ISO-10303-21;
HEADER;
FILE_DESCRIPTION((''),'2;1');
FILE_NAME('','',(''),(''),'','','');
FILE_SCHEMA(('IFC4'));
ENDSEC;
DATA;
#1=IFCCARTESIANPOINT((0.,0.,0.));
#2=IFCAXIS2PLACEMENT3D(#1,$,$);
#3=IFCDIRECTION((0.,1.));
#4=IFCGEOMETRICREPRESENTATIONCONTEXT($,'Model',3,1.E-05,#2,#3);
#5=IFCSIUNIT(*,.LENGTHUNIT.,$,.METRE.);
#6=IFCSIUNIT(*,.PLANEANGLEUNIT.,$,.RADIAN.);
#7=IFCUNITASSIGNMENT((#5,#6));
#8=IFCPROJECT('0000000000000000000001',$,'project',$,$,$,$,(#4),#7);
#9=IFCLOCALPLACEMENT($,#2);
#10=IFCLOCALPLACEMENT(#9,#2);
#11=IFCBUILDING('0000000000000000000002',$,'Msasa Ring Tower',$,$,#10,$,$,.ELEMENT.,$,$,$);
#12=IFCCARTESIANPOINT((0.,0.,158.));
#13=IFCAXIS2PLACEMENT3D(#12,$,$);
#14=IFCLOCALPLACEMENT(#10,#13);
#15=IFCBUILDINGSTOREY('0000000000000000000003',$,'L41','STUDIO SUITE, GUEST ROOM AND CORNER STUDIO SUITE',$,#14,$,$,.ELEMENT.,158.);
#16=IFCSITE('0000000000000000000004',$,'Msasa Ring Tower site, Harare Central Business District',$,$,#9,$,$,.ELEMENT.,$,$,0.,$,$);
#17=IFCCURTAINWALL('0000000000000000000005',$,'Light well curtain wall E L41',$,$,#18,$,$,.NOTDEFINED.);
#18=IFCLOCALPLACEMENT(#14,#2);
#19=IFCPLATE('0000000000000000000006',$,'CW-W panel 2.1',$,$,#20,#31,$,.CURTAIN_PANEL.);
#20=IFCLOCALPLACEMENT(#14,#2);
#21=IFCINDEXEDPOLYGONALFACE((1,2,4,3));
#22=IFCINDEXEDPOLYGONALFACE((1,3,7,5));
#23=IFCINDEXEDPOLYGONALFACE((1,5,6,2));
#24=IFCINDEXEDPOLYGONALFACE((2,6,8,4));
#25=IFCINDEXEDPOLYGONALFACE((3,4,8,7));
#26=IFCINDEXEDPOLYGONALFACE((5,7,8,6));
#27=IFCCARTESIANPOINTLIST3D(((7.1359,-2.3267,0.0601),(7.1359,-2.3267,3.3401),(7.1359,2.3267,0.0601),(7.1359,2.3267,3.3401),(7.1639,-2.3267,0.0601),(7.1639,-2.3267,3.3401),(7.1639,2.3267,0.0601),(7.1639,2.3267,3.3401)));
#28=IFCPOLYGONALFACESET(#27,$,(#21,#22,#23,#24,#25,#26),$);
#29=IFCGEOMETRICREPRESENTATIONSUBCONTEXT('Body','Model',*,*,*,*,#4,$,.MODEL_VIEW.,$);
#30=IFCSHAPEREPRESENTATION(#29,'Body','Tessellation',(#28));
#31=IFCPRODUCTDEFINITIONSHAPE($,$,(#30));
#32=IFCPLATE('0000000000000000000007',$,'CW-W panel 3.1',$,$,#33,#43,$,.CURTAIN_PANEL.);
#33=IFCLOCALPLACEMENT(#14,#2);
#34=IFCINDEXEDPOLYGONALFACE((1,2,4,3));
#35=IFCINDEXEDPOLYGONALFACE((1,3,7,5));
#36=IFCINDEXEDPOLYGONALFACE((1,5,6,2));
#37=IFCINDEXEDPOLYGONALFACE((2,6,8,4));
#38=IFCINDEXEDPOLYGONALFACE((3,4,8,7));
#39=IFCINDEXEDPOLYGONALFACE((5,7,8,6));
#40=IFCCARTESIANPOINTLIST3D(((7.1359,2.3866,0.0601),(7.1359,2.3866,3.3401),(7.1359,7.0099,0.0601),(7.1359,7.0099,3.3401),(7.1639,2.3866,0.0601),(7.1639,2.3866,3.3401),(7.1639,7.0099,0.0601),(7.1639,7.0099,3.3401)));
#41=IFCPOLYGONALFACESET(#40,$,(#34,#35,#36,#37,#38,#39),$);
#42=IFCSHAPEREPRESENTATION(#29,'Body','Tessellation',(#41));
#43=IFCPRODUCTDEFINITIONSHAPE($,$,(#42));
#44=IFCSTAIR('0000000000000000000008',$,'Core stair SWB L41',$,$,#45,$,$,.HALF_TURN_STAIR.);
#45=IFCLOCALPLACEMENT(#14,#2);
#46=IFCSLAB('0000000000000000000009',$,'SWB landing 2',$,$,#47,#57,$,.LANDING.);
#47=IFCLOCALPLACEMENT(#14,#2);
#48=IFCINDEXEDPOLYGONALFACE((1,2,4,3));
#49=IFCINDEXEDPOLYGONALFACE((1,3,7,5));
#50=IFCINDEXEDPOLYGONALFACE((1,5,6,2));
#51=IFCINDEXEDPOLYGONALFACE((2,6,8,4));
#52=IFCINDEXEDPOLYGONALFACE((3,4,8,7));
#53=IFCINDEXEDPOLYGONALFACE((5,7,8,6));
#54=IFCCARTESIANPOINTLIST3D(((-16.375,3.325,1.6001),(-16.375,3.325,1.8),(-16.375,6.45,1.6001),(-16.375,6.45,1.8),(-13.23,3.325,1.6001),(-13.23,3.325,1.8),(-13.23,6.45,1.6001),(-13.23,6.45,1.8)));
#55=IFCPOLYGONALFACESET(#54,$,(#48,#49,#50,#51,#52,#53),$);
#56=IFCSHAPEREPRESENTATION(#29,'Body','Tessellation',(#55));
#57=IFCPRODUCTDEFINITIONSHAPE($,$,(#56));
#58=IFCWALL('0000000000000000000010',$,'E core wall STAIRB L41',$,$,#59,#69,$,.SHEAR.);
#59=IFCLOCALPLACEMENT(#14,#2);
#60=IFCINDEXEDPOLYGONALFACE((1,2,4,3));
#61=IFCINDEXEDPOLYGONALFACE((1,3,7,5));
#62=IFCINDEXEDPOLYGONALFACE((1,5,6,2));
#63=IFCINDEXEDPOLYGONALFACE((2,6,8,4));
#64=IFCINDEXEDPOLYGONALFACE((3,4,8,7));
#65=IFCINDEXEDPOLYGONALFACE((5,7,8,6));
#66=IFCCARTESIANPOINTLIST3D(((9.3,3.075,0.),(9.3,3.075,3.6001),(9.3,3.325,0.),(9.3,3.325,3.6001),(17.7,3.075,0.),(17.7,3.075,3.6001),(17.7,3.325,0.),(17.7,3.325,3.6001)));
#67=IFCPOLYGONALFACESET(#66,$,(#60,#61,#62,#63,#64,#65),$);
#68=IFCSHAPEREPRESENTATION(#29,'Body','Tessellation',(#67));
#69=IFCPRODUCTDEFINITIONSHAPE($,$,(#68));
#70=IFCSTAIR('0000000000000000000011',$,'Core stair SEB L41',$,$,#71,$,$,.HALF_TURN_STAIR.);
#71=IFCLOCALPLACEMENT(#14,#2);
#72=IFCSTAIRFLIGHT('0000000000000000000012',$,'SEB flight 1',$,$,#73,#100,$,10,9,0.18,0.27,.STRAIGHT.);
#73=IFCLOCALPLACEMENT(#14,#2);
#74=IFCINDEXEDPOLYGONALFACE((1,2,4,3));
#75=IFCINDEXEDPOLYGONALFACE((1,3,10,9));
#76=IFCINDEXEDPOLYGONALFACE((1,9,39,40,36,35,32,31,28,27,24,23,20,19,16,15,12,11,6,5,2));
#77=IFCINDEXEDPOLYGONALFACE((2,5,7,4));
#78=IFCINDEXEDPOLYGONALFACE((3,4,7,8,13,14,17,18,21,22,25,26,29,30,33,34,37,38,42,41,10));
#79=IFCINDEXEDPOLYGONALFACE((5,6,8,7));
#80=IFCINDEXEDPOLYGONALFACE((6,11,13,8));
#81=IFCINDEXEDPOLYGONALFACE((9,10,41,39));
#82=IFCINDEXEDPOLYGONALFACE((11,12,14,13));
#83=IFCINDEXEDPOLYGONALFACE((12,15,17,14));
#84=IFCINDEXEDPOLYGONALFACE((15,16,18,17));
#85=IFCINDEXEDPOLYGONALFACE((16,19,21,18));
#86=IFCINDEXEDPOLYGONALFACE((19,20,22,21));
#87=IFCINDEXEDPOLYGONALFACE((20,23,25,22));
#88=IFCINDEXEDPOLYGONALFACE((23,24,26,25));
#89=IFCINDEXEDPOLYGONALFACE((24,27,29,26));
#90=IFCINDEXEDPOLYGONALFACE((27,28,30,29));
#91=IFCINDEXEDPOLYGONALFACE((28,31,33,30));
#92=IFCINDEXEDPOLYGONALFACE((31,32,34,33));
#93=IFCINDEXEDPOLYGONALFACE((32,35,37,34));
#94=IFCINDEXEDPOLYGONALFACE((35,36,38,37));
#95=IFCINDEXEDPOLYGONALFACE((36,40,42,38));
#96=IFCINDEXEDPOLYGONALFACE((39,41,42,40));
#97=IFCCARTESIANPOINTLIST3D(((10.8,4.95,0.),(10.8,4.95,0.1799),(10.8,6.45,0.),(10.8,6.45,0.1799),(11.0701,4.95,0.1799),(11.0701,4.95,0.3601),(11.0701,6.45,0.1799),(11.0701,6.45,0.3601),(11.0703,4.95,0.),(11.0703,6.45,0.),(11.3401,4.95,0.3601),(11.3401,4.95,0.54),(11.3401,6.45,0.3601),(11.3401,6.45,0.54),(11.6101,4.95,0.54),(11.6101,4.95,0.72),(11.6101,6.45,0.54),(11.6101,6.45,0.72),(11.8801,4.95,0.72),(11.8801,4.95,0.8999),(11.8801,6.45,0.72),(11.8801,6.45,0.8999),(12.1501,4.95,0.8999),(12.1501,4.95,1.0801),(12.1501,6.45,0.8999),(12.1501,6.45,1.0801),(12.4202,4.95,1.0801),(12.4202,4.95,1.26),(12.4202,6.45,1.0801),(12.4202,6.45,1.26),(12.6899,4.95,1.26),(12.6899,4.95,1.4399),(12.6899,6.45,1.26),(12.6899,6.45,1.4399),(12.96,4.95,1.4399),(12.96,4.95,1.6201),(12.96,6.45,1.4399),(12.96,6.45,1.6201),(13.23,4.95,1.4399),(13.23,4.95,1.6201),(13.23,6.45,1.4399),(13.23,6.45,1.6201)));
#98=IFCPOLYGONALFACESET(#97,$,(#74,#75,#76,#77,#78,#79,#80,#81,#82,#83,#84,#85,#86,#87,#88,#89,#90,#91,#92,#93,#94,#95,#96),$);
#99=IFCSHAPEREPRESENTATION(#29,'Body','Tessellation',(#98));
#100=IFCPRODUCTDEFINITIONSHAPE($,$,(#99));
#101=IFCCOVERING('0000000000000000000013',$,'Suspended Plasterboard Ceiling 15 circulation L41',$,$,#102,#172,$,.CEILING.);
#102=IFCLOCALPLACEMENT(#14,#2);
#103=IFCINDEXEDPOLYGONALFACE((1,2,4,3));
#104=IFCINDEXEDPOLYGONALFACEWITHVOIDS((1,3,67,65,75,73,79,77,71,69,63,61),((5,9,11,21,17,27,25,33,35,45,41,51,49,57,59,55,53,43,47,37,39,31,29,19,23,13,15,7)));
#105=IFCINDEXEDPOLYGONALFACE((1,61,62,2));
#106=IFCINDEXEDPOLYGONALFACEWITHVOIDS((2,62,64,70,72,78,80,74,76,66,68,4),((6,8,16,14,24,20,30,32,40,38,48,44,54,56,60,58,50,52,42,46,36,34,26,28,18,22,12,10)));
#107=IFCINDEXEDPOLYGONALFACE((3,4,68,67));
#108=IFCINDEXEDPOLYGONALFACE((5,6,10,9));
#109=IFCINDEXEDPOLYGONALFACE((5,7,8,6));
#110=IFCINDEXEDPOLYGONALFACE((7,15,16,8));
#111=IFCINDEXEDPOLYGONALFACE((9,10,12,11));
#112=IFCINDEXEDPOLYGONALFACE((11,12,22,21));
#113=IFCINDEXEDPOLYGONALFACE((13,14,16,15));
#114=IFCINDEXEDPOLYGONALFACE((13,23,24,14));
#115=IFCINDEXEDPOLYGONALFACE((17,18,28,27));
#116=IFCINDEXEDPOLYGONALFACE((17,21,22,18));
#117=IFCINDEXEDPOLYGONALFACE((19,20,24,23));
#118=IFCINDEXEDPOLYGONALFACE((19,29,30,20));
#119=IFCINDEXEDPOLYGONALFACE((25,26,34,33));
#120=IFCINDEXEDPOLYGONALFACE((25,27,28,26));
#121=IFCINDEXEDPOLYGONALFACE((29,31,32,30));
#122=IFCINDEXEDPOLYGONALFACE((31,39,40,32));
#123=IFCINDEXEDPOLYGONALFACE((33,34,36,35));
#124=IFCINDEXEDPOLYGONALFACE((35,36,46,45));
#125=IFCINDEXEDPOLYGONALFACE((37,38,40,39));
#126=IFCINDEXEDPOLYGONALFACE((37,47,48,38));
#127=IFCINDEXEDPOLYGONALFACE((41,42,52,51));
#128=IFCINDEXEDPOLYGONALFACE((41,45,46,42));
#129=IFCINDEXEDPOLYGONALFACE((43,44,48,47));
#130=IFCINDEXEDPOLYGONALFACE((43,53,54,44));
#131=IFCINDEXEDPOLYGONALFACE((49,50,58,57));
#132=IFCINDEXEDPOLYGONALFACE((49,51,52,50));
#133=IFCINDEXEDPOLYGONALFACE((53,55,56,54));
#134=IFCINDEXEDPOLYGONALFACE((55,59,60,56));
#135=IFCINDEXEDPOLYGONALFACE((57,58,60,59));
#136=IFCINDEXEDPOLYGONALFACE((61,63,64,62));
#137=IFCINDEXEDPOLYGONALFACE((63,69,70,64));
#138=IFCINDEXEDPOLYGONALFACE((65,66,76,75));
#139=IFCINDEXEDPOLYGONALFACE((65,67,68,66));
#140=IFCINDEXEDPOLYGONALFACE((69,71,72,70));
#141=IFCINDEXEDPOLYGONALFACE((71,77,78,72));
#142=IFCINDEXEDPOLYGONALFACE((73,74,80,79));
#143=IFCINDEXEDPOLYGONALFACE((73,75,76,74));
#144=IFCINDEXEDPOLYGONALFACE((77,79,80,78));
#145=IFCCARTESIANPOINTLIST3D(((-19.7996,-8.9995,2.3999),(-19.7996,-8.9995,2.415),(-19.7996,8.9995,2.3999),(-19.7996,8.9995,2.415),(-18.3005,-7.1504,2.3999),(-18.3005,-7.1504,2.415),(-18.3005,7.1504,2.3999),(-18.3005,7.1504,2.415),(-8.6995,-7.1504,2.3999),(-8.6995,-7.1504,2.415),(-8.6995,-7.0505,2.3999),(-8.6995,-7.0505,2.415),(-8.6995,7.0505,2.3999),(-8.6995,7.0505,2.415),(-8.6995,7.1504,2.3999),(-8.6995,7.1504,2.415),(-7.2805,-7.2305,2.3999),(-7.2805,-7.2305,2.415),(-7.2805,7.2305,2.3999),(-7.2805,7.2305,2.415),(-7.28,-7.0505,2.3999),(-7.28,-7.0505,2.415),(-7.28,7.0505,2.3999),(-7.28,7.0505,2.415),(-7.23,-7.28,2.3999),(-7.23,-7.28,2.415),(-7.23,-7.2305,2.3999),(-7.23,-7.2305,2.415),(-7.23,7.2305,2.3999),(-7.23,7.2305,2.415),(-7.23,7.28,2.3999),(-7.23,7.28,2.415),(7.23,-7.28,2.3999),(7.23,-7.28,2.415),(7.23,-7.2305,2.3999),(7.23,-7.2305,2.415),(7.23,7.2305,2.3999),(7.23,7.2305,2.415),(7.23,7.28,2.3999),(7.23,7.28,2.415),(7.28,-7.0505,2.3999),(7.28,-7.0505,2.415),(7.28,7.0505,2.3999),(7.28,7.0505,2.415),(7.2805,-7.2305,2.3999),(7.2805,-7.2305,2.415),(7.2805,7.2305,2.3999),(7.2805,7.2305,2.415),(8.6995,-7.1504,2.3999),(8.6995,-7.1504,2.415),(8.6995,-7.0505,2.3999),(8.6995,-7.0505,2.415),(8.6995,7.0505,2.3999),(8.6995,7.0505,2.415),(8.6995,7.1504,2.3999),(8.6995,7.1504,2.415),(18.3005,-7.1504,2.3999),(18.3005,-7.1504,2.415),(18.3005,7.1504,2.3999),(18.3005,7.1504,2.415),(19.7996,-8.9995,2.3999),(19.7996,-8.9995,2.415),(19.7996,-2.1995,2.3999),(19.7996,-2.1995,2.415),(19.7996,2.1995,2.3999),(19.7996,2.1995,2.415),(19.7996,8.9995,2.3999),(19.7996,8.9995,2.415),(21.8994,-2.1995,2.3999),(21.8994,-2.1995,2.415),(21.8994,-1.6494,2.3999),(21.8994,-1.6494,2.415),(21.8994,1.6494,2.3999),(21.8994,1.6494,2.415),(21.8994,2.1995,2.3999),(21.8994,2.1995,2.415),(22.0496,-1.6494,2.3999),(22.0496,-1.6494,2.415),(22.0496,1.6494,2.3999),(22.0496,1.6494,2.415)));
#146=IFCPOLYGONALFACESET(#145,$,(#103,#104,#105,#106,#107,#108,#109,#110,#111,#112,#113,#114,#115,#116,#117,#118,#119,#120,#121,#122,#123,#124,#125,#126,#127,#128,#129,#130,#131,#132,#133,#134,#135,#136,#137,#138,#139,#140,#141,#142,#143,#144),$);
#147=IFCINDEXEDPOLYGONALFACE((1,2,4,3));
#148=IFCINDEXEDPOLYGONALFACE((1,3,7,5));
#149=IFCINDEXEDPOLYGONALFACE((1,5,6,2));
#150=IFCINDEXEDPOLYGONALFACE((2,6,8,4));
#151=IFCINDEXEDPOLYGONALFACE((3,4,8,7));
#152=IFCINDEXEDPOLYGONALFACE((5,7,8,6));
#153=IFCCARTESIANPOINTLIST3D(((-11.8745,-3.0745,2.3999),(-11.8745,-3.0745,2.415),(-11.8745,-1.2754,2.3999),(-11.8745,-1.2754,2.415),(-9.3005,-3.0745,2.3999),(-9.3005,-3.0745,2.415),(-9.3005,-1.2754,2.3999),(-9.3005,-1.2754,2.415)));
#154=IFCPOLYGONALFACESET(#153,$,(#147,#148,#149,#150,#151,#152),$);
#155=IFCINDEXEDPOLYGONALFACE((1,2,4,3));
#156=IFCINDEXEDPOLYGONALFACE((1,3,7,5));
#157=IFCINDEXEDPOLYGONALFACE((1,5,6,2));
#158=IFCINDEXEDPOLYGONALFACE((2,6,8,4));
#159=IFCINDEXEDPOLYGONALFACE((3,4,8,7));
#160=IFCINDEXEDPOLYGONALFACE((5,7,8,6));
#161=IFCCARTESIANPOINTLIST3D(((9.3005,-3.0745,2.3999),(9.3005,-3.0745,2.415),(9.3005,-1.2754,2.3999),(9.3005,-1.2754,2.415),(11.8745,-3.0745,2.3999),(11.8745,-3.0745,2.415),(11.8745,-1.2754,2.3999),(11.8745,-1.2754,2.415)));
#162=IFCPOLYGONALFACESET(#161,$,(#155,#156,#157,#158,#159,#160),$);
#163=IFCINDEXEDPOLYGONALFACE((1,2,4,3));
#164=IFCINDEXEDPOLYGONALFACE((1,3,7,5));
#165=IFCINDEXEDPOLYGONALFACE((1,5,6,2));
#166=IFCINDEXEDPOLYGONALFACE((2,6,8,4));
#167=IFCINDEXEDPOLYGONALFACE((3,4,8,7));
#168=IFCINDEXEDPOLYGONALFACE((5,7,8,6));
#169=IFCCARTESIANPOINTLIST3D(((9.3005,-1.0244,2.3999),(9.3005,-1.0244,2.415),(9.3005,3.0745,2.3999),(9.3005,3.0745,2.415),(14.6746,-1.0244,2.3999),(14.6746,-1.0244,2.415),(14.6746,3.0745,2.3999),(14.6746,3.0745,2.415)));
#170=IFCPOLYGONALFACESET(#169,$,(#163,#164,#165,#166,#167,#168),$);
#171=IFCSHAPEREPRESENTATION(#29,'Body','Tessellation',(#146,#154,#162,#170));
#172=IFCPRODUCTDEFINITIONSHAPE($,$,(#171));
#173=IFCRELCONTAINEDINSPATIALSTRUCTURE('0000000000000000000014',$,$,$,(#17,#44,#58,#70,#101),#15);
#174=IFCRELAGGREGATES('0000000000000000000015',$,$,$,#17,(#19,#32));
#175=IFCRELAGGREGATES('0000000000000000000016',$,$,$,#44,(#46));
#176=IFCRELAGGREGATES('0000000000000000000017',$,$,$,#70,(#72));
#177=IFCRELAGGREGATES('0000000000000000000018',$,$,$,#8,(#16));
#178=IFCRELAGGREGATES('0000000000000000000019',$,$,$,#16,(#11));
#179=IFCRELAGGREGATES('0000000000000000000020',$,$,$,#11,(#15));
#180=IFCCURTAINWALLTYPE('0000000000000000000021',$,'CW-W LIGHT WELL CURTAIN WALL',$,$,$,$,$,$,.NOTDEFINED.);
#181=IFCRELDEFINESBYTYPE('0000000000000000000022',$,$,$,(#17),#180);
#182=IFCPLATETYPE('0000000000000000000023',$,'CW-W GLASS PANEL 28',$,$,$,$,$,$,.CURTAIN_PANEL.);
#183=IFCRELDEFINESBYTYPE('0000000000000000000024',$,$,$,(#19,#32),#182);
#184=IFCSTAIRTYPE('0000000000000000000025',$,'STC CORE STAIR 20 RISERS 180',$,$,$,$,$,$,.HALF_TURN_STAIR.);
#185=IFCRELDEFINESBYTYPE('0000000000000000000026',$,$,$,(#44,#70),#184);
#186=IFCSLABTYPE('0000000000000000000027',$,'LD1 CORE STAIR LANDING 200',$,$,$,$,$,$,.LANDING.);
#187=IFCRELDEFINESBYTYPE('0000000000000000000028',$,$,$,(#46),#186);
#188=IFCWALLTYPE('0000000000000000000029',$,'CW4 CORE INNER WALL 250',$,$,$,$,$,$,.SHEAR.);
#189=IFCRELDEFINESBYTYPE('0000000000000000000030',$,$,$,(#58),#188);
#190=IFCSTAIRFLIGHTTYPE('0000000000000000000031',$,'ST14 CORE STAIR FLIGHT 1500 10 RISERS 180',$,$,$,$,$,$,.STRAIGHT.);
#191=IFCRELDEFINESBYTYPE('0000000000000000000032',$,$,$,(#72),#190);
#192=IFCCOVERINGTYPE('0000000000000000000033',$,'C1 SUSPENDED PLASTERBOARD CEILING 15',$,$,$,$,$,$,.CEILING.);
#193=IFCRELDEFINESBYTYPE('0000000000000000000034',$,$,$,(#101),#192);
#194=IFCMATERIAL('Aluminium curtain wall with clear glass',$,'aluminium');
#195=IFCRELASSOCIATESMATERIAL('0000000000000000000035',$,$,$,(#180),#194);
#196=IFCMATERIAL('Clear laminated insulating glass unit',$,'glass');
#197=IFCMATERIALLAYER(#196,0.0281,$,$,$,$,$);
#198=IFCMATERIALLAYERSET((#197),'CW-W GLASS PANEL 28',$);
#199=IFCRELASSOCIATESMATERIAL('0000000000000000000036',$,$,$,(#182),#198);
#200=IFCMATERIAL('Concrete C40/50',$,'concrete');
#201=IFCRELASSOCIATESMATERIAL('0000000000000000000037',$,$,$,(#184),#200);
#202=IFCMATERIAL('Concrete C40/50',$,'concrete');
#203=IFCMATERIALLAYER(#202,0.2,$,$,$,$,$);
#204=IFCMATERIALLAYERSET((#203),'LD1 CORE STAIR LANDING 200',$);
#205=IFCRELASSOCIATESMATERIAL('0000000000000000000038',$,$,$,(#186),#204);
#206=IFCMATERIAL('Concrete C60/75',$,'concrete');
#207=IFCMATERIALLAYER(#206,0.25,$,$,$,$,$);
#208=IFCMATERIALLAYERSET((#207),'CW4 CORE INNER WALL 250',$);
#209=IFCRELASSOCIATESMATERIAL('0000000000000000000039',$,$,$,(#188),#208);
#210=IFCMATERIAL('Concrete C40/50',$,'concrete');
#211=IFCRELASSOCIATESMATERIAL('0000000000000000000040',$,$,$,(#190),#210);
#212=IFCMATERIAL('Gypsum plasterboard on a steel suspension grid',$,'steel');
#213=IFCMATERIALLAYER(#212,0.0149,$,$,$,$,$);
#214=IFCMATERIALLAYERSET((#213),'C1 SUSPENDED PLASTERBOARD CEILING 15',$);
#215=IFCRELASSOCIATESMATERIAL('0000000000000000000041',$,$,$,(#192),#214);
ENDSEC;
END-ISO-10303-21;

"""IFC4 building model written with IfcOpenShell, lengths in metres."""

from ifc_helpers import new_model, si_unit, direction, frame, frame_2d, origin, origin_2d, place, context, subcontext, project, spatial, polyline, line, indexed_curve, rectangle, outline, extrude, material, layer, layer_set, type_object, element, aggregate, save


model = new_model("IFC4")

# Units and contexts
model_context = context("Model", 3, precision=1e-05, world=origin(), true_north=direction((0.0, 1.0)))
body_context = subcontext(model_context, "Body", "Model", "MODEL_VIEW")
ifc_project = project(units=[si_unit("LENGTHUNIT", "METRE"), si_unit("PLANEANGLEUNIT", "RADIAN")], contexts=[model_context])

# Site, building, storey
site_placement = place(None, origin())
site = spatial("IfcSite", under=ifc_project, at=site_placement, Name="Msasa Ring Tower site, Harare Central Business District", CompositionType="ELEMENT", RefElevation=0.0)
building_placement = place(site_placement, origin())
building = spatial("IfcBuilding", under=site, at=building_placement, Name="Msasa Ring Tower", CompositionType="ELEMENT")
storey_placement = place(building_placement, frame((0.0, 0.0, 158.0)))
storey = spatial("IfcBuildingStorey", under=building, at=storey_placement, Name="L41", Description="STUDIO SUITE, GUEST ROOM AND CORNER STUDIO SUITE", CompositionType="ELEMENT", Elevation=158.0)

# Curtain wall
ifc_material_1 = material(Name="Aluminium curtain wall with clear glass", Category="aluminium")
curtain_wall_type = type_object("IfcCurtainWallType", Name="CW-W LIGHT WELL CURTAIN WALL", PredefinedType="NOTDEFINED", material=ifc_material_1)
curtain_wall_placement = place(storey_placement, origin())
curtain_wall = element("IfcCurtainWall", 1, at=curtain_wall_placement, inside=storey, type_object=curtain_wall_type, Name="Light well curtain wall E L41", PredefinedType="NOTDEFINED")

# Plates
ifc_material_2 = material(Name="Clear laminated insulating glass unit", Category="glass")
ifc_layer_1 = layer(ifc_material_2, 0.0281)
ifc_layer_set_1 = layer_set([ifc_layer_1], Name="CW-W GLASS PANEL 28")
plate_type = type_object("IfcPlateType", Name="CW-W GLASS PANEL 28", PredefinedType="CURTAIN_PANEL", material=ifc_layer_set_1)
plate_1_placement = place(storey_placement, frame((7.1499, 0.0, 0.0601), z_axis=(0.0, 0.0, 1.0), x_axis=(0.0, 1.0, 0.0)))
plate_1 = element("IfcPlate", 2, at=plate_1_placement, type_object=plate_type, Name="CW-W panel 2.1", PredefinedType="CURTAIN_PANEL", context=body_context, shape_type="SweptSolid", body=[
    extrude(rectangle(XDim=4.6533, YDim=0.0281, at=origin_2d()), origin(), (0.0, 0.0, 1.0), 3.28),
])
plate_2_placement = place(storey_placement, frame((7.1499, 4.6982, 0.0601), z_axis=(0.0, 0.0, 1.0), x_axis=(0.0, 1.0, 0.0)))
plate_2 = element("IfcPlate", 3, at=plate_2_placement, type_object=plate_type, Name="CW-W panel 3.1", PredefinedType="CURTAIN_PANEL", context=body_context, shape_type="SweptSolid", body=[
    extrude(rectangle(XDim=4.6233, YDim=0.0281, at=origin_2d()), origin(), (0.0, 0.0, 1.0), 3.28),
])
aggregate(curtain_wall, [plate_1, plate_2])

# Stair, slab
ifc_material_3 = material(Name="Concrete C40/50", Category="concrete")
stair_type = type_object("IfcStairType", Name="STC CORE STAIR 20 RISERS 180", PredefinedType="HALF_TURN_STAIR", material=ifc_material_3)
stair_1_placement = place(storey_placement, origin())
stair_1 = element("IfcStair", 4, at=stair_1_placement, inside=storey, type_object=stair_type, Name="Core stair SWB L41", PredefinedType="HALF_TURN_STAIR")
ifc_material_4 = material(Name="Concrete C40/50", Category="concrete")
ifc_layer_2 = layer(ifc_material_4, 0.2)
ifc_layer_set_2 = layer_set([ifc_layer_2], Name="LD1 CORE STAIR LANDING 200")
slab_type = type_object("IfcSlabType", Name="LD1 CORE STAIR LANDING 200", PredefinedType="LANDING", material=ifc_layer_set_2)
slab_placement = place(storey_placement, frame((0.0, 0.0, 1.6001)))
slab = element("IfcSlab", 5, at=slab_placement, type_object=slab_type, Name="SWB landing 2", PredefinedType="LANDING", context=body_context, shape_type="SweptSolid", body=[
    extrude(outline(polyline([(-16.375, 3.325), (-13.23, 3.325), (-13.23, 6.45), (-16.375, 6.45), (-16.375, 3.325)])), origin(), (0.0, 0.0, 1.0), 0.2),
])
aggregate(stair_1, [slab])

# Wall
ifc_material_5 = material(Name="Concrete C60/75", Category="concrete")
ifc_layer_3 = layer(ifc_material_5, 0.25)
ifc_layer_set_3 = layer_set([ifc_layer_3], Name="CW4 CORE INNER WALL 250")
wall_type = type_object("IfcWallType", Name="CW4 CORE INNER WALL 250", PredefinedType="SHEAR", material=ifc_layer_set_3)
wall_placement = place(storey_placement, frame((9.3, 3.2, 0.0), z_axis=(0.0, 0.0, 1.0), x_axis=(1.0, 0.0, 0.0)))
element("IfcWall", 6, at=wall_placement, inside=storey, type_object=wall_type, Name="E core wall STAIRB L41", PredefinedType="SHEAR", context=body_context, shape_type="SweptSolid", body=[
    extrude(rectangle(XDim=8.3999, YDim=0.25, at=frame_2d((4.2, 0.0))), origin(), (0.0, 0.0, 1.0), 3.6001),
])

# Stair, stair flight
stair_2_placement = place(storey_placement, origin())
stair_2 = element("IfcStair", 7, at=stair_2_placement, inside=storey, type_object=stair_type, Name="Core stair SEB L41", PredefinedType="HALF_TURN_STAIR")
ifc_material_6 = material(Name="Concrete C40/50", Category="concrete")
stair_flight_type = type_object("IfcStairFlightType", Name="ST14 CORE STAIR FLIGHT 1500 10 RISERS 180", PredefinedType="STRAIGHT", material=ifc_material_6)
stair_flight_placement = place(storey_placement, frame((10.8, 5.7, 0.0), z_axis=(0.0, 0.0, 1.0), x_axis=(1.0, 0.0, 0.0)))
stair_flight = element("IfcStairFlight", 8, at=stair_flight_placement, type_object=stair_flight_type, Name="SEB flight 1", NumberOfRisers=10, NumberOfTreads=9, PredefinedType="STRAIGHT", RiserHeight=0.18, TreadLength=0.27, context=body_context, shape_type="SweptSolid", body=[
    extrude(outline(polyline([(0.0, 0.0), (0.0, 0.1799), (0.27, 0.1799), (0.27, 0.3601), (0.54, 0.3601), (0.54, 0.54), (0.8101, 0.54), (0.8101, 0.72), (1.0801, 0.72), (1.0801, 0.8999), (1.3501, 0.8999), (1.3501, 1.0801), (1.6201, 1.0801), (1.6201, 1.26), (1.8899, 1.26), (1.8899, 1.4399), (2.1599, 1.4399), (2.1599, 1.6201), (2.4299, 1.6201), (2.4299, 1.8), (2.4299, 1.4399), (0.2703, 0.0), (0.0, 0.0)])), frame((0.0, 0.75, 0.0), z_axis=(0.0, -1.0, 0.0), x_axis=(1.0, 0.0, 0.0)), (0.0, 0.0, 1.0), 1.5),
])
aggregate(stair_2, [stair_flight])

# Covering
ifc_material_7 = material(Name="Gypsum plasterboard on a steel suspension grid", Category="steel")
ifc_layer_4 = layer(ifc_material_7, 0.0149)
ifc_layer_set_4 = layer_set([ifc_layer_4], Name="C1 SUSPENDED PLASTERBOARD CEILING 15")
covering_type_1 = type_object("IfcCoveringType", Name="C1 SUSPENDED PLASTERBOARD CEILING 15", PredefinedType="CEILING", material=ifc_layer_set_4)
covering_1_placement = place(storey_placement, frame((0.0, 0.0, 2.3999)))
element("IfcCovering", 9, at=covering_1_placement, inside=storey, type_object=covering_type_1, Name="Suspended Plasterboard Ceiling 15 circulation L41", PredefinedType="CEILING", context=body_context, shape_type="SweptSolid", body=[
    extrude(outline(indexed_curve([(19.7996, 2.1995), (21.8994, 2.1995), (21.8994, 1.6494), (22.0496, 1.6494), (22.0496, -1.6494), (21.8994, -1.6494), (21.8994, -2.1995), (19.7996, -2.1995), (19.7996, -8.9995), (-19.7996, -8.9995), (-19.7996, 8.9995), (19.7996, 8.9995)], segments=[line(1, 2, 3, 4, 5, 6, 7, 8, 9, 10, 11, 12, 1)], self_intersect=False), holes=[indexed_curve([(8.6995, -7.1504), (18.3005, -7.1504), (18.3005, 7.1504), (8.6995, 7.1504), (8.6995, 7.0505), (7.28, 7.0505), (7.2805, 7.2305), (7.23, 7.2305), (7.23, 7.28), (-7.23, 7.28), (-7.23, 7.2305), (-7.2805, 7.2305), (-7.28, 7.0505), (-8.6995, 7.0505), (-8.6995, 7.1504), (-18.3005, 7.1504), (-18.3005, -7.1504), (-8.6995, -7.1504), (-8.6995, -7.0505), (-7.28, -7.0505), (-7.2805, -7.2305), (-7.23, -7.2305), (-7.23, -7.28), (7.23, -7.28), (7.23, -7.2305), (7.2805, -7.2305), (7.28, -7.0505), (8.6995, -7.0505)], segments=[line(1, 2, 3, 4, 5, 6, 7, 8, 9, 10, 11, 12, 13, 14, 15, 16, 17, 18, 19, 20, 21, 22, 23, 24, 25, 26, 27, 28, 1)], self_intersect=False)]), origin(), (0.0, 0.0, 1.0), 0.0151),
    extrude(outline(indexed_curve([(-9.3005, -3.0745), (-11.8745, -3.0745), (-11.8745, -1.2754), (-9.3005, -1.2754)], segments=[line(1, 2, 3, 4, 1)], self_intersect=False)), origin(), (0.0, 0.0, 1.0), 0.0151),
    extrude(outline(indexed_curve([(11.8745, -3.0745), (9.3005, -3.0745), (9.3005, -1.2754), (11.8745, -1.2754)], segments=[line(1, 2, 3, 4, 1)], self_intersect=False)), origin(), (0.0, 0.0, 1.0), 0.0151),
    extrude(outline(indexed_curve([(14.6746, -1.0244), (9.3005, -1.0244), (9.3005, 3.0745), (14.6746, 3.0745)], segments=[line(1, 2, 3, 4, 1)], self_intersect=False)), origin(), (0.0, 0.0, 1.0), 0.0151),
])

save(model, "model.ifc")
